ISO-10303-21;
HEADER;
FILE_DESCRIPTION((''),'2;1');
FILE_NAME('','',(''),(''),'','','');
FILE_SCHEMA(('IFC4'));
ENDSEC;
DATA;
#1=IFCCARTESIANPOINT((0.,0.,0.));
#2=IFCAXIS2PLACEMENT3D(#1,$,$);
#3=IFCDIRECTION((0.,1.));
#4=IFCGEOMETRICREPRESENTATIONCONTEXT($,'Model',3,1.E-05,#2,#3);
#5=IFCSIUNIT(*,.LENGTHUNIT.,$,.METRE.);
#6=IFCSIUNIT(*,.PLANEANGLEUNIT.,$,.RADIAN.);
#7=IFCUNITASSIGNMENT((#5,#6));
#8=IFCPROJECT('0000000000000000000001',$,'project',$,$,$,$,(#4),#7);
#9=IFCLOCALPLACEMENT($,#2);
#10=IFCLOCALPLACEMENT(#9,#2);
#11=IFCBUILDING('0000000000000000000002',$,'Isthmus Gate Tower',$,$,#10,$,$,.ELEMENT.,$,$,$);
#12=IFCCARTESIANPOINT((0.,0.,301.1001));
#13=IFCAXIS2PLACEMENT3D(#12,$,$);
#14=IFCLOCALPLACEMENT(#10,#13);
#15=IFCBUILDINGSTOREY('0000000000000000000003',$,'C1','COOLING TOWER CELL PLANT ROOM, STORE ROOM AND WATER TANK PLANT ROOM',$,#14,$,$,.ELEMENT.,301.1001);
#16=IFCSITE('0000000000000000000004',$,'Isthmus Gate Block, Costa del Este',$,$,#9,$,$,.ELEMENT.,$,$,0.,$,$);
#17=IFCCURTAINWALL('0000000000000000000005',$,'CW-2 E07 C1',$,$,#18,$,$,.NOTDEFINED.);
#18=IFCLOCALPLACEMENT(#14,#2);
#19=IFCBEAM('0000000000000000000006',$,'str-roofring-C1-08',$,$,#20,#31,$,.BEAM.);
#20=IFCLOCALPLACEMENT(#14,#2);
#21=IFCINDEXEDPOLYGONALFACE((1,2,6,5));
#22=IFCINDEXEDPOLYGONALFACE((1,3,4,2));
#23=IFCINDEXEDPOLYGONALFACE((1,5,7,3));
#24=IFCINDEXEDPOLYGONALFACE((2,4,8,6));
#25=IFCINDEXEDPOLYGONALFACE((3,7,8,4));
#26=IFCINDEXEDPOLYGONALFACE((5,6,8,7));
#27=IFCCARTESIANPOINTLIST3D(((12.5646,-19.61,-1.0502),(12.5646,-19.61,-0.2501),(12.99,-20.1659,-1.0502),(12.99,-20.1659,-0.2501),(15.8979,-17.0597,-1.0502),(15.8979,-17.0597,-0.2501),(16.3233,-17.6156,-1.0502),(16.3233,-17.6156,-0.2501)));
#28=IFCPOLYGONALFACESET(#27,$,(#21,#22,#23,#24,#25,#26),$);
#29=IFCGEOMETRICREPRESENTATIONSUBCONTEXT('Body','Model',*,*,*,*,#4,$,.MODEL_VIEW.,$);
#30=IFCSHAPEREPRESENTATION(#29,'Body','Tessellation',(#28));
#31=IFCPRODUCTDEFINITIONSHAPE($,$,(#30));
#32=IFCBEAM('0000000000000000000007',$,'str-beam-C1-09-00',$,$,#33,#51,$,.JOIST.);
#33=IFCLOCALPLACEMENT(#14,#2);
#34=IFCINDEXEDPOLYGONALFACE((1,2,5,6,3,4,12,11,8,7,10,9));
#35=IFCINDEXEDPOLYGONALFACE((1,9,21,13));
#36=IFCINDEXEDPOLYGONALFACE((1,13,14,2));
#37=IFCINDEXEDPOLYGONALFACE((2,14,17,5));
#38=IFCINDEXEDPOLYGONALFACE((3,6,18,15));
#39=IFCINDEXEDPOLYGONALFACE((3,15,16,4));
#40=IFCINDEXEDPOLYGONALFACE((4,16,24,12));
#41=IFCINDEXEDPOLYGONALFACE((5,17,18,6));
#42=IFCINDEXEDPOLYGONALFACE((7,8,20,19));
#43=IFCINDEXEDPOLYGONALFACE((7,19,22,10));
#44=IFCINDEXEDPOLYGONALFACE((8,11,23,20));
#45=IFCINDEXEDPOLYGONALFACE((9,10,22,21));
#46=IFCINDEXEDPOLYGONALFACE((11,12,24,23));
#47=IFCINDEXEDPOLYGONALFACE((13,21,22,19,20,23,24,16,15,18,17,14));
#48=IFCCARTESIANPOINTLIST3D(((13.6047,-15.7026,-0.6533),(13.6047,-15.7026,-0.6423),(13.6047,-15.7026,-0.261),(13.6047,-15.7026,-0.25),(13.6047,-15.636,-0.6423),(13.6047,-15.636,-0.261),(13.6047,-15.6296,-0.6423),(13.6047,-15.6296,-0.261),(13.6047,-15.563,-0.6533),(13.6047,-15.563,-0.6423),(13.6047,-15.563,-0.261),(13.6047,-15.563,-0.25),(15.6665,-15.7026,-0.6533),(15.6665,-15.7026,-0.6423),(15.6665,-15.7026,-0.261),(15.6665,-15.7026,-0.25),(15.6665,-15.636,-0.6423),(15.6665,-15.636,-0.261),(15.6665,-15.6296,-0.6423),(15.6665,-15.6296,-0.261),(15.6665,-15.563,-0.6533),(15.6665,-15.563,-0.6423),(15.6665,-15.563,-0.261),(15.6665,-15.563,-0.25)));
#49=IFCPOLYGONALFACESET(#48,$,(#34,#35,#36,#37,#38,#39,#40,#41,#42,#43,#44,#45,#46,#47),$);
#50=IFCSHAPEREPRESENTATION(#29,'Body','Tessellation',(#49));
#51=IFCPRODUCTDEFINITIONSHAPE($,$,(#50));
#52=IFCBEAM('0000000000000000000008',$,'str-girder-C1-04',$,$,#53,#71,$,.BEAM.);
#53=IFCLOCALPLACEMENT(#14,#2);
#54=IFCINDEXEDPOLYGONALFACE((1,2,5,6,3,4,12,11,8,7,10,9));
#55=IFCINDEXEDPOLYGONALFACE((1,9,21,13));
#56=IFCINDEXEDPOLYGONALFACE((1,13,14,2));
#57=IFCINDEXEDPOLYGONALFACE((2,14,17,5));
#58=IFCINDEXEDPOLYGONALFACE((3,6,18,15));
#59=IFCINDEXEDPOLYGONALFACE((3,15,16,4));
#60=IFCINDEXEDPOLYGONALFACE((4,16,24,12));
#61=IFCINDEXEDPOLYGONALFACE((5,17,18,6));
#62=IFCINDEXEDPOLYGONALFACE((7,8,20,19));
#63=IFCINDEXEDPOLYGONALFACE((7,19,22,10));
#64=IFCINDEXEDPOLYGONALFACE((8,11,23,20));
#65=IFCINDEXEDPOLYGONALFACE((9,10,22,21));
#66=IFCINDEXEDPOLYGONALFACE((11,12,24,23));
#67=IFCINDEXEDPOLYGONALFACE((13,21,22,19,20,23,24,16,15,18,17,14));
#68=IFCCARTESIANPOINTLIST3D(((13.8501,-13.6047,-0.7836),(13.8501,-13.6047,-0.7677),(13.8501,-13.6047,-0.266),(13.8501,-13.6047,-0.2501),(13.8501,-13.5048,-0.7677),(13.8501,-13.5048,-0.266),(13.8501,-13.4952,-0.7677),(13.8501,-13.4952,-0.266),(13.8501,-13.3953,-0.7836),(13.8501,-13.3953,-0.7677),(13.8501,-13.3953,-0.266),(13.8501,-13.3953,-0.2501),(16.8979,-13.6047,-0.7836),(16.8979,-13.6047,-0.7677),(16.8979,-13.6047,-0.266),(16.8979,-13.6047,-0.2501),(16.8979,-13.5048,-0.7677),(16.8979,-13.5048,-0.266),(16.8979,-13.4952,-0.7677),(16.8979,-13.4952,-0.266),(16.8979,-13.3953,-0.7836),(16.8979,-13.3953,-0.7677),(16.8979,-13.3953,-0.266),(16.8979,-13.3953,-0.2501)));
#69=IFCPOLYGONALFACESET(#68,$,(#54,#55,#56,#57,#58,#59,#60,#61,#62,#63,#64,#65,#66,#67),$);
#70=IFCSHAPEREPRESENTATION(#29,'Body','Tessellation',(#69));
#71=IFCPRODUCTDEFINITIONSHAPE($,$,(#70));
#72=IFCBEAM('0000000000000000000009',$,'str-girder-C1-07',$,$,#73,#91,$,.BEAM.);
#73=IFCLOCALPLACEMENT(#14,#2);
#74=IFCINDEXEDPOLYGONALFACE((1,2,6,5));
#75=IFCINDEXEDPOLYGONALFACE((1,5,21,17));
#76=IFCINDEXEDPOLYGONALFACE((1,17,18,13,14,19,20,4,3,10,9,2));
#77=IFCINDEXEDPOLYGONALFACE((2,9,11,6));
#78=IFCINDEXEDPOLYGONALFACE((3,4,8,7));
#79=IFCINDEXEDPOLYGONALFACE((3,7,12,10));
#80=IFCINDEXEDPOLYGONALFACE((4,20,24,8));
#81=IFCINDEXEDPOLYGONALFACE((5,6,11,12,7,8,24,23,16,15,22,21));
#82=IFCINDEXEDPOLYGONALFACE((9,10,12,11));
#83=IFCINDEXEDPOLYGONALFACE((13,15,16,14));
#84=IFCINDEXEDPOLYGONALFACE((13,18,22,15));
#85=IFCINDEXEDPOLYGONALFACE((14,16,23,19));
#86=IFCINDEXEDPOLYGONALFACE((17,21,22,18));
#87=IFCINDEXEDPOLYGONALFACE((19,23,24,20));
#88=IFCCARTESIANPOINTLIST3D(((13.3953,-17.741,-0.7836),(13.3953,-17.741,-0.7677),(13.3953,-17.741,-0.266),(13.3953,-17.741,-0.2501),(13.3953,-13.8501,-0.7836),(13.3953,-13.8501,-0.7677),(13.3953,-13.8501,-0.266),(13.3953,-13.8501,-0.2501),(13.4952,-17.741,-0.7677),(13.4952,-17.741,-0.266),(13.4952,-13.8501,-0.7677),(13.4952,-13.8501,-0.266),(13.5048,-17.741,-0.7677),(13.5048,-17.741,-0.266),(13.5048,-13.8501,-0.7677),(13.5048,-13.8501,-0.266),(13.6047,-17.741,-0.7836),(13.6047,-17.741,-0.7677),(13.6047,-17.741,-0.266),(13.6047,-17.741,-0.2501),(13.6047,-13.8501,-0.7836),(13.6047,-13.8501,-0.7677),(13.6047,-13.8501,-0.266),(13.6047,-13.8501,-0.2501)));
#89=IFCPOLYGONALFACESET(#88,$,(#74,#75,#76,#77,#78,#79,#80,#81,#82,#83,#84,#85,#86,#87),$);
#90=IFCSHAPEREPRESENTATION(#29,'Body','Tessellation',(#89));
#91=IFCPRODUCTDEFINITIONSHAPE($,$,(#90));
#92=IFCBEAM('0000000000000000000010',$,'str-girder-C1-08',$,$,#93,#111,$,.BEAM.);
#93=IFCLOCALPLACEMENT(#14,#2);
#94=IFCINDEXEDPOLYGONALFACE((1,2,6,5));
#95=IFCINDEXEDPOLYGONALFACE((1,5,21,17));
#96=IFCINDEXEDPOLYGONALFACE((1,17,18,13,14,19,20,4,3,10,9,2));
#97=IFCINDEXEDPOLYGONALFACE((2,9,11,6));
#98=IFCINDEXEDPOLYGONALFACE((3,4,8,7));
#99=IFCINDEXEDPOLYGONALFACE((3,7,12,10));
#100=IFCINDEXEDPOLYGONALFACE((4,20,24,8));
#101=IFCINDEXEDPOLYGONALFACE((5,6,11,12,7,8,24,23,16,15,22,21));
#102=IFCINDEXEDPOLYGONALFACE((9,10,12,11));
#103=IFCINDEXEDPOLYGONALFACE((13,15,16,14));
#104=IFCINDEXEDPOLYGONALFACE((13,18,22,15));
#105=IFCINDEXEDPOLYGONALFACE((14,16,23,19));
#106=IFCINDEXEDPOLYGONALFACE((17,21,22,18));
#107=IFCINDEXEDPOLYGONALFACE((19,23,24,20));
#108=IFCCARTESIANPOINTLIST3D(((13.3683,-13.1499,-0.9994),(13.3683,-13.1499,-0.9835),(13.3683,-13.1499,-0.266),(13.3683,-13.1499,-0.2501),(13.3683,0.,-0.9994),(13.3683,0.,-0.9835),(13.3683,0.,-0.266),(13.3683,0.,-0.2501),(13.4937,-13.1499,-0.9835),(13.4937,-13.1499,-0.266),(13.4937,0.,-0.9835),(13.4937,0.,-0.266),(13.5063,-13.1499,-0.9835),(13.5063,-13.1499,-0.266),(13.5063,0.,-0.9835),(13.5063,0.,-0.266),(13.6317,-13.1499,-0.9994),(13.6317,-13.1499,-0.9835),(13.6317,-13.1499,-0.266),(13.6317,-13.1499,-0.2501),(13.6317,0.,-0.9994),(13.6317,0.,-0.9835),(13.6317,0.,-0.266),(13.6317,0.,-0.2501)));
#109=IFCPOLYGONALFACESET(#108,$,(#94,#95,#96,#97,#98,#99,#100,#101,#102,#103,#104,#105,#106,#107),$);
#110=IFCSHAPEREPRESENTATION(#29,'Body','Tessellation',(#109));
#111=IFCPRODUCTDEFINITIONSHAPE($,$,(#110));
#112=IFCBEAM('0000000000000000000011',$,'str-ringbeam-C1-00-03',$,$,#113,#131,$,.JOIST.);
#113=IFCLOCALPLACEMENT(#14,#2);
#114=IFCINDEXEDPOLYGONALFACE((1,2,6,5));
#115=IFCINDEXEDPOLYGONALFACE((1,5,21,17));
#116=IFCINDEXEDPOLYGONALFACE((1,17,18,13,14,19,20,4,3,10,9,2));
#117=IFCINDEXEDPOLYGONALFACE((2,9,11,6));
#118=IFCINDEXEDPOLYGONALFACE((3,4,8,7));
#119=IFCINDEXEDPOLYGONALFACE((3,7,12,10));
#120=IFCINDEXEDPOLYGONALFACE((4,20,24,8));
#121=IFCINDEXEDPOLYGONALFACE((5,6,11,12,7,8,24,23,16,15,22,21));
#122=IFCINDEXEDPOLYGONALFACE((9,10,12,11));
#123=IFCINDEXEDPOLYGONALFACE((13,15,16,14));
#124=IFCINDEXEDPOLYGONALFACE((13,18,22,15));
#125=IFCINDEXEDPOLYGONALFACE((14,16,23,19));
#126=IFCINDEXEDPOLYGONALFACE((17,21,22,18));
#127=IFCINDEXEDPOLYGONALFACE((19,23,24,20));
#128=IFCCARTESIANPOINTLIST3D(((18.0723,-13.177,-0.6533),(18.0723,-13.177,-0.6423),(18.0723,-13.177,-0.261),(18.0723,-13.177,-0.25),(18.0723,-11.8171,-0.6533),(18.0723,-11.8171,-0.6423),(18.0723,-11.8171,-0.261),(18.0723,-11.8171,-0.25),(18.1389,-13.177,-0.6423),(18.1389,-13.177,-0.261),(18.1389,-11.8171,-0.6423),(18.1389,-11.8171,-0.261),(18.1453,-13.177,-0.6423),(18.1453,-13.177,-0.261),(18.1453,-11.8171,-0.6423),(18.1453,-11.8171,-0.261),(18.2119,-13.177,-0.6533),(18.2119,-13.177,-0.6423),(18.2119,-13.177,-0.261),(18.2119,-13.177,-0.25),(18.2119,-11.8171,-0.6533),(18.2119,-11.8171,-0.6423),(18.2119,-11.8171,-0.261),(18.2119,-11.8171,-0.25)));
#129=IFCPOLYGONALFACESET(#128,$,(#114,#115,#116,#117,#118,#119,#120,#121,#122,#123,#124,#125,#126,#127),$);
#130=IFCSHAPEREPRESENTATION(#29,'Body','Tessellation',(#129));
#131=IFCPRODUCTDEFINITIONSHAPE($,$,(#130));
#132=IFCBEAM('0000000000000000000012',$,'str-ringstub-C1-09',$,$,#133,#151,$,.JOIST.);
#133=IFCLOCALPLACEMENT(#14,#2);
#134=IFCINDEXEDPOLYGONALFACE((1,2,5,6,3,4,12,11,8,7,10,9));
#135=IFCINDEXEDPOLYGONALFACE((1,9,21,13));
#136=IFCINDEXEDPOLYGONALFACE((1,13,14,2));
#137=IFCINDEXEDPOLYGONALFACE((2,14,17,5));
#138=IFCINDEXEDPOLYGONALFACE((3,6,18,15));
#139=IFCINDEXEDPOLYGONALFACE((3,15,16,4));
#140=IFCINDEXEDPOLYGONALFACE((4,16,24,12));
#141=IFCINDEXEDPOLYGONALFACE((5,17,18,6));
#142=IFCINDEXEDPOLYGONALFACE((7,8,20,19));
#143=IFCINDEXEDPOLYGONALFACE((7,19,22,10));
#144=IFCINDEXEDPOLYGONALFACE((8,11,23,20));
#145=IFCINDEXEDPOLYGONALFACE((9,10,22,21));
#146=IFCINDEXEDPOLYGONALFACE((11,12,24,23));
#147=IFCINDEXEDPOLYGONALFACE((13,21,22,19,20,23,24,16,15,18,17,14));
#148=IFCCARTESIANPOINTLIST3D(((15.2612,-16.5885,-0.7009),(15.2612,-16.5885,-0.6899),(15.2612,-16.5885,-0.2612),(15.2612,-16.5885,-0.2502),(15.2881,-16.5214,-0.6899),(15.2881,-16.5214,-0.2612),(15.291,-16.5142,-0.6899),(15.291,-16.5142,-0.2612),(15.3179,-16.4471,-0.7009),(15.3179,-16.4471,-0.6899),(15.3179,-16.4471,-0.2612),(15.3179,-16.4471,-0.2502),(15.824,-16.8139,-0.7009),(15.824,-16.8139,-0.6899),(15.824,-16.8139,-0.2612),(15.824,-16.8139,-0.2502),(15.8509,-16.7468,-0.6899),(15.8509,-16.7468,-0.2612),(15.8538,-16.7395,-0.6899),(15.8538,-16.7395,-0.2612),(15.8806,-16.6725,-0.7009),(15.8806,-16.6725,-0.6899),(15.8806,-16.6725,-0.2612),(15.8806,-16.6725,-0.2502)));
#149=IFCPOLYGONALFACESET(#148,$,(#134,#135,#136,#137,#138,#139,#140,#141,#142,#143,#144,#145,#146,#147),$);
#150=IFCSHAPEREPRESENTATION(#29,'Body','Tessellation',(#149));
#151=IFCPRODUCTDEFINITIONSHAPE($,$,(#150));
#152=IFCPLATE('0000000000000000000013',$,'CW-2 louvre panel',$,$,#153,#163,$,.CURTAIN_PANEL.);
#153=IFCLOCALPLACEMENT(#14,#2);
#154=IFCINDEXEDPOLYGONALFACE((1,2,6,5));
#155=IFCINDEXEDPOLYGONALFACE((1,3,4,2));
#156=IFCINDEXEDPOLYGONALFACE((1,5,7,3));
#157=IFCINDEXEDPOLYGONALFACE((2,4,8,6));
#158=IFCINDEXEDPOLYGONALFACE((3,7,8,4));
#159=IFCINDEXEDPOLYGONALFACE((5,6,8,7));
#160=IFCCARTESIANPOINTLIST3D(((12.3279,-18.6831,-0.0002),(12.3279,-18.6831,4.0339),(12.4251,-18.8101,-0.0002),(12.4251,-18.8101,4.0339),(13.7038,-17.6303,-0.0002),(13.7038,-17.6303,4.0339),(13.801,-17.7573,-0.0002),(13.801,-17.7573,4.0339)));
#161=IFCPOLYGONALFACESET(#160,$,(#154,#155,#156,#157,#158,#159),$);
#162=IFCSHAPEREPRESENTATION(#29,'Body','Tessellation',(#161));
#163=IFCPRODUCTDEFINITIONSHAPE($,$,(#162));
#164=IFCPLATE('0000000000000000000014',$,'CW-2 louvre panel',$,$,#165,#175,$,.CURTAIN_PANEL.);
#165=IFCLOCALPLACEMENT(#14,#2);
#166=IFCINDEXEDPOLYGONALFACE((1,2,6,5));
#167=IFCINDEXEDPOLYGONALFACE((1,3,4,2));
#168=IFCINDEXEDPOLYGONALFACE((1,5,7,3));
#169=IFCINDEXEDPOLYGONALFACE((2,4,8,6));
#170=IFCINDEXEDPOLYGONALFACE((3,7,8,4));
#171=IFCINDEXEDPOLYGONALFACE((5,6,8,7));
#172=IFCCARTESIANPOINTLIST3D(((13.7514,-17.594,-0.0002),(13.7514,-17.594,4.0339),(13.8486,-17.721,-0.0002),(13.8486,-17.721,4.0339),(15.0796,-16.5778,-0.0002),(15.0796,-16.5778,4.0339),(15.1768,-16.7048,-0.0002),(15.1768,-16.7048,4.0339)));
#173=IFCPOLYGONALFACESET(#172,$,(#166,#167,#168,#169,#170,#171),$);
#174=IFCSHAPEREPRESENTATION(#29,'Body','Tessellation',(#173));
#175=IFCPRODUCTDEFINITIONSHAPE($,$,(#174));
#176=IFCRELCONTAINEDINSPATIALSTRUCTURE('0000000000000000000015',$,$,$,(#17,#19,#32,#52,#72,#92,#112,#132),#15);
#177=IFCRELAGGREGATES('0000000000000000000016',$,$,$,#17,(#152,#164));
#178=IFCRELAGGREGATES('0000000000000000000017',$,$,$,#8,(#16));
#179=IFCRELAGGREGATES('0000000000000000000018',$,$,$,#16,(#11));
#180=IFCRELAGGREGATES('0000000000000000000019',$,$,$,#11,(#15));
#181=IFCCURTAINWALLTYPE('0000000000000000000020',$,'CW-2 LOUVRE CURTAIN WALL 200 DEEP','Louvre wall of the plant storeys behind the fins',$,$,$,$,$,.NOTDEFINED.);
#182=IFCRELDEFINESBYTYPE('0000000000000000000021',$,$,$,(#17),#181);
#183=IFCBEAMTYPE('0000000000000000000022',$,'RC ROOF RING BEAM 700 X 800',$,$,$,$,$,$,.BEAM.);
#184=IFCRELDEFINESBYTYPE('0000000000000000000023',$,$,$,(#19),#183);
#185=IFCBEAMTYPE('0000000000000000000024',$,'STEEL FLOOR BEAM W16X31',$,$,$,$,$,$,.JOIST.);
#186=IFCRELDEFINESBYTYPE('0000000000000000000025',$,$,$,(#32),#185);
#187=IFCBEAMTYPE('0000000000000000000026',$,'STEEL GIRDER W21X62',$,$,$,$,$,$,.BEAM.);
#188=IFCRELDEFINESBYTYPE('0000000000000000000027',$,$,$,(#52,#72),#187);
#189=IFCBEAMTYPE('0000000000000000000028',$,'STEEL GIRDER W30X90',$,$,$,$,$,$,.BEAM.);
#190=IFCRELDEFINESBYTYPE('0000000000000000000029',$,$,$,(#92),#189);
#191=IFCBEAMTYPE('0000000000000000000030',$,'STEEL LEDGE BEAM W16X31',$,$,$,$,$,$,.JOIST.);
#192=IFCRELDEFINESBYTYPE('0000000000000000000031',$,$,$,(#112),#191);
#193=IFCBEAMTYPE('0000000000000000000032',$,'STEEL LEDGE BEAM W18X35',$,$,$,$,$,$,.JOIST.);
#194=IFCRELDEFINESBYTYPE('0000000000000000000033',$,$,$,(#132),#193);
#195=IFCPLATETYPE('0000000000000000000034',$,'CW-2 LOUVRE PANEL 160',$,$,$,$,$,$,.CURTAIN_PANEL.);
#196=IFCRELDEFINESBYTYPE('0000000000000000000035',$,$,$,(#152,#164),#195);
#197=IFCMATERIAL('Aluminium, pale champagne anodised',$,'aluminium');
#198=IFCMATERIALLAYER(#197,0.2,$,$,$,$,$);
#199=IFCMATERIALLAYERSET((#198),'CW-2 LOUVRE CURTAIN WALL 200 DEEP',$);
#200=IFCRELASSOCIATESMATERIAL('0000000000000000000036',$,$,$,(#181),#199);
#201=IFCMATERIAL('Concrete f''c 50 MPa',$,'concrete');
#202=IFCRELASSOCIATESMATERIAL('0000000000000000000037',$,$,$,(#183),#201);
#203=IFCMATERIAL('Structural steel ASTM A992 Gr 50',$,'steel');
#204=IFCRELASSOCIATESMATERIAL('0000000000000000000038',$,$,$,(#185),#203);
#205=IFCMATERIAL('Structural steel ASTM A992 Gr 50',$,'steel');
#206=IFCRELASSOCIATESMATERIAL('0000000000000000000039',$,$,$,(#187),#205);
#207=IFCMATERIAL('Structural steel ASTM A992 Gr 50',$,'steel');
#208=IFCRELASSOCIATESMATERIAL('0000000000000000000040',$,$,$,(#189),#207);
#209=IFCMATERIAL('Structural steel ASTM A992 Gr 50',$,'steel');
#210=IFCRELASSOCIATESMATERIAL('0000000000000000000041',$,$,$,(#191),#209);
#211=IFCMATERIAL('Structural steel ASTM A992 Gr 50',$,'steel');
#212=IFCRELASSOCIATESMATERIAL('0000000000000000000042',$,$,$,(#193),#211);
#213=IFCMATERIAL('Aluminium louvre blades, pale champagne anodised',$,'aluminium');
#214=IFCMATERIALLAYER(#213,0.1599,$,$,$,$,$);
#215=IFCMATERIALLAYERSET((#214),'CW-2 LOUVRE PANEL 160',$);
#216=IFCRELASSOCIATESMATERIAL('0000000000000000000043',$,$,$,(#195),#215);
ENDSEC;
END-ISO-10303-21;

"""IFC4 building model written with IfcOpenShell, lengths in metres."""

from ifc_helpers import new_model, si_unit, direction, frame, origin, origin_2d, place, context, subcontext, project, spatial, rectangle, i_section, extrude, material, layer, layer_set, material_profile, profile_set, type_object, element, aggregate, save


model = new_model("IFC4")

# Units and contexts
model_context = context("Model", 3, precision=1e-05, world=origin(), true_north=direction((0.0, 1.0)))
body_context = subcontext(model_context, "Body", "Model", "MODEL_VIEW")
ifc_project = project(units=[si_unit("LENGTHUNIT", "METRE"), si_unit("PLANEANGLEUNIT", "RADIAN")], contexts=[model_context])

# Site, building, storey
site_placement = place(None, origin())
site = spatial("IfcSite", under=ifc_project, at=site_placement, Name="Isthmus Gate Block, Costa del Este", CompositionType="ELEMENT", RefElevation=0.0)
building_placement = place(site_placement, origin())
building = spatial("IfcBuilding", under=site, at=building_placement, Name="Isthmus Gate Tower", CompositionType="ELEMENT")
storey_placement = place(building_placement, frame((0.0, 0.0, 301.1001)))
storey = spatial("IfcBuildingStorey", under=building, at=storey_placement, Name="C1", Description="COOLING TOWER CELL PLANT ROOM, STORE ROOM AND WATER TANK PLANT ROOM", CompositionType="ELEMENT", Elevation=301.1001)

# Curtain wall
ifc_material_1 = material(Name="Aluminium, pale champagne anodised", Category="aluminium")
ifc_layer_1 = layer(ifc_material_1, 0.2)
ifc_layer_set_1 = layer_set([ifc_layer_1], Name="CW-2 LOUVRE CURTAIN WALL 200 DEEP")
curtain_wall_type = type_object("IfcCurtainWallType", Name="CW-2 LOUVRE CURTAIN WALL 200 DEEP", Description="Louvre wall of the plant storeys behind the fins", PredefinedType="NOTDEFINED", material=ifc_layer_set_1)
curtain_wall_1_placement = place(storey_placement, origin())
curtain_wall_1 = element("IfcCurtainWall", 1, at=curtain_wall_1_placement, inside=storey, type_object=curtain_wall_type, Name="CW-2 E07 C1", PredefinedType="NOTDEFINED")

# Beams
ifc_material_2 = material(Name="Concrete f'c 50 MPa", Category="concrete")
ifc_material_profile_1 = material_profile(ifc_material_2, rectangle(XDim=0.7, YDim=0.8, at=origin_2d()), Name="RC 700X800")
ifc_profile_set_1 = profile_set([ifc_material_profile_1], Name="Concrete f'c 50 MPa")
beam_type_1 = type_object("IfcBeamType", Name="RC ROOF RING BEAM 700 X 800", PredefinedType="BEAM", material=ifc_profile_set_1)
beam_1_placement = place(storey_placement, frame((16.1106, -17.3376, -0.6501), z_axis=(-0.794204, -0.607651, 0.0), x_axis=(0.607651, -0.794204, 0.0)))
element("IfcBeam", 2, at=beam_1_placement, inside=storey, type_object=beam_type_1, Name="str-roofring-C1-08", PredefinedType="BEAM", context=body_context, shape_type="SweptSolid", body=[
    extrude(rectangle(XDim=0.7, YDim=0.8, at=origin_2d()), origin(), (0.0, 0.0, 1.0), 4.197),
])
ifc_material_3 = material(Name="Structural steel ASTM A992 Gr 50", Category="steel")
ifc_material_profile_2 = material_profile(ifc_material_3, i_section(OverallWidth=0.1396, OverallDepth=0.4033, WebThickness=0.0063, FlangeThickness=0.011, at=origin_2d()), Name="W16X31")
ifc_profile_set_2 = profile_set([ifc_material_profile_2], Name="Structural steel ASTM A992 Gr 50")
beam_type_2 = type_object("IfcBeamType", Name="STEEL FLOOR BEAM W16X31", PredefinedType="JOIST", material=ifc_profile_set_2)
beam_2_placement = place(storey_placement, frame((13.6047, -15.6328, -0.4517), z_axis=(1.0, 0.0, 0.0), x_axis=(0.0, 1.0, 0.0)))
element("IfcBeam", 3, at=beam_2_placement, inside=storey, type_object=beam_type_2, Name="str-beam-C1-09-00", PredefinedType="JOIST", context=body_context, shape_type="SweptSolid", body=[
    extrude(i_section(OverallWidth=0.1396, OverallDepth=0.4033, WebThickness=0.0063, FlangeThickness=0.011, at=origin_2d()), origin(), (0.0, 0.0, 1.0), 2.0618),
])
ifc_material_4 = material(Name="Structural steel ASTM A992 Gr 50", Category="steel")
ifc_material_profile_3 = material_profile(ifc_material_4, i_section(OverallWidth=0.2095, OverallDepth=0.5334, WebThickness=0.0095, FlangeThickness=0.0159, at=origin_2d()), Name="W21X62")
ifc_profile_set_3 = profile_set([ifc_material_profile_3], Name="Structural steel ASTM A992 Gr 50")
beam_type_3 = type_object("IfcBeamType", Name="STEEL GIRDER W21X62", PredefinedType="BEAM", material=ifc_profile_set_3)
beam_3_placement = place(storey_placement, frame((13.8501, -13.5, -0.5168), z_axis=(1.0, 0.0, 0.0), x_axis=(0.0, 1.0, 0.0)))
element("IfcBeam", 4, at=beam_3_placement, inside=storey, type_object=beam_type_3, Name="str-girder-C1-04", PredefinedType="BEAM", context=body_context, shape_type="SweptSolid", body=[
    extrude(i_section(OverallWidth=0.2095, OverallDepth=0.5334, WebThickness=0.0095, FlangeThickness=0.0159, at=origin_2d()), origin(), (0.0, 0.0, 1.0), 3.0479),
])
beam_4_placement = place(storey_placement, frame((13.5, -17.741, -0.5168), z_axis=(0.0, 1.0, 0.0), x_axis=(-1.0, 0.0, 0.0)))
element("IfcBeam", 5, at=beam_4_placement, inside=storey, type_object=beam_type_3, Name="str-girder-C1-07", PredefinedType="BEAM", context=body_context, shape_type="SweptSolid", body=[
    extrude(i_section(OverallWidth=0.2095, OverallDepth=0.5334, WebThickness=0.0095, FlangeThickness=0.0159, at=origin_2d()), origin(), (0.0, 0.0, 1.0), 3.8909),
])
ifc_material_5 = material(Name="Structural steel ASTM A992 Gr 50", Category="steel")
ifc_material_profile_4 = material_profile(ifc_material_5, i_section(OverallWidth=0.2634, OverallDepth=0.7493, WebThickness=0.0127, FlangeThickness=0.0159, at=origin_2d()), Name="W30X90")
ifc_profile_set_4 = profile_set([ifc_material_profile_4], Name="Structural steel ASTM A992 Gr 50")
beam_type_4 = type_object("IfcBeamType", Name="STEEL GIRDER W30X90", PredefinedType="BEAM", material=ifc_profile_set_4)
beam_5_placement = place(storey_placement, frame((13.5, -13.1499, -0.6248), z_axis=(0.0, 1.0, 0.0), x_axis=(-1.0, 0.0, 0.0)))
element("IfcBeam", 6, at=beam_5_placement, inside=storey, type_object=beam_type_4, Name="str-girder-C1-08", PredefinedType="BEAM", context=body_context, shape_type="SweptSolid", body=[
    extrude(i_section(OverallWidth=0.2634, OverallDepth=0.7493, WebThickness=0.0127, FlangeThickness=0.0159, at=origin_2d()), origin(), (0.0, 0.0, 1.0), 13.1499),
])
ifc_material_6 = material(Name="Structural steel ASTM A992 Gr 50", Category="steel")
ifc_material_profile_5 = material_profile(ifc_material_6, i_section(OverallWidth=0.1396, OverallDepth=0.4033, WebThickness=0.0063, FlangeThickness=0.011, at=origin_2d()), Name="W16X31")
ifc_profile_set_5 = profile_set([ifc_material_profile_5], Name="Structural steel ASTM A992 Gr 50")
beam_type_5 = type_object("IfcBeamType", Name="STEEL LEDGE BEAM W16X31", PredefinedType="JOIST", material=ifc_profile_set_5)
beam_6_placement = place(storey_placement, frame((18.1421, -13.177, -0.4517), z_axis=(0.0, 1.0, 0.0), x_axis=(-1.0, 0.0, 0.0)))
element("IfcBeam", 7, at=beam_6_placement, inside=storey, type_object=beam_type_5, Name="str-ringbeam-C1-00-03", PredefinedType="JOIST", context=body_context, shape_type="SweptSolid", body=[
    extrude(i_section(OverallWidth=0.1396, OverallDepth=0.4033, WebThickness=0.0063, FlangeThickness=0.011, at=origin_2d()), origin(), (0.0, 0.0, 1.0), 1.3599),
])
ifc_material_7 = material(Name="Structural steel ASTM A992 Gr 50", Category="steel")
ifc_material_profile_6 = material_profile(ifc_material_7, i_section(OverallWidth=0.1523, OverallDepth=0.4507, WebThickness=0.0078, FlangeThickness=0.011, at=origin_2d()), Name="W18X35")
ifc_profile_set_6 = profile_set([ifc_material_profile_6], Name="Structural steel ASTM A992 Gr 50")
beam_type_6 = type_object("IfcBeamType", Name="STEEL LEDGE BEAM W18X35", PredefinedType="JOIST", material=ifc_profile_set_6)
beam_7_placement = place(storey_placement, frame((15.2896, -16.5178, -0.4756), z_axis=(0.928338, -0.371738, 0.0), x_axis=(0.371738, 0.928338, 0.0)))
element("IfcBeam", 8, at=beam_7_placement, inside=storey, type_object=beam_type_6, Name="str-ringstub-C1-09", PredefinedType="JOIST", context=body_context, shape_type="SweptSolid", body=[
    extrude(i_section(OverallWidth=0.1523, OverallDepth=0.4507, WebThickness=0.0078, FlangeThickness=0.011, at=origin_2d()), origin(), (0.0, 0.0, 1.0), 0.6062),
])

# Plates
ifc_material_8 = material(Name="Aluminium louvre blades, pale champagne anodised", Category="aluminium")
ifc_layer_2 = layer(ifc_material_8, 0.1599)
ifc_layer_set_2 = layer_set([ifc_layer_2], Name="CW-2 LOUVRE PANEL 160")
plate_type = type_object("IfcPlateType", Name="CW-2 LOUVRE PANEL 160", PredefinedType="CURTAIN_PANEL", material=ifc_layer_set_2)
plate_1_placement = place(storey_placement, frame((13.0645, -18.2202, -0.0002), z_axis=(0.0, 0.0, 1.0), x_axis=(0.794189, 0.607671, 0.0)))
plate_1 = element("IfcPlate", 9, at=plate_1_placement, type_object=plate_type, Name="CW-2 louvre panel", PredefinedType="CURTAIN_PANEL", context=body_context, shape_type="SweptSolid", body=[
    extrude(rectangle(XDim=1.7324, YDim=0.1599, at=origin_2d()), origin(), (0.0, 0.0, 1.0), 4.0342),
])
plate_2_placement = place(storey_placement, frame((14.4641, -17.1494, -0.0002), z_axis=(0.0, 0.0, 1.0), x_axis=(0.794189, 0.607671, 0.0)))
plate_2 = element("IfcPlate", 10, at=plate_2_placement, type_object=plate_type, Name="CW-2 louvre panel", PredefinedType="CURTAIN_PANEL", context=body_context, shape_type="SweptSolid", body=[
    extrude(rectangle(XDim=1.6724, YDim=0.1599, at=origin_2d()), origin(), (0.0, 0.0, 1.0), 4.0342),
])
aggregate(curtain_wall_1, [plate_1, plate_2])

save(model, "model.ifc")
